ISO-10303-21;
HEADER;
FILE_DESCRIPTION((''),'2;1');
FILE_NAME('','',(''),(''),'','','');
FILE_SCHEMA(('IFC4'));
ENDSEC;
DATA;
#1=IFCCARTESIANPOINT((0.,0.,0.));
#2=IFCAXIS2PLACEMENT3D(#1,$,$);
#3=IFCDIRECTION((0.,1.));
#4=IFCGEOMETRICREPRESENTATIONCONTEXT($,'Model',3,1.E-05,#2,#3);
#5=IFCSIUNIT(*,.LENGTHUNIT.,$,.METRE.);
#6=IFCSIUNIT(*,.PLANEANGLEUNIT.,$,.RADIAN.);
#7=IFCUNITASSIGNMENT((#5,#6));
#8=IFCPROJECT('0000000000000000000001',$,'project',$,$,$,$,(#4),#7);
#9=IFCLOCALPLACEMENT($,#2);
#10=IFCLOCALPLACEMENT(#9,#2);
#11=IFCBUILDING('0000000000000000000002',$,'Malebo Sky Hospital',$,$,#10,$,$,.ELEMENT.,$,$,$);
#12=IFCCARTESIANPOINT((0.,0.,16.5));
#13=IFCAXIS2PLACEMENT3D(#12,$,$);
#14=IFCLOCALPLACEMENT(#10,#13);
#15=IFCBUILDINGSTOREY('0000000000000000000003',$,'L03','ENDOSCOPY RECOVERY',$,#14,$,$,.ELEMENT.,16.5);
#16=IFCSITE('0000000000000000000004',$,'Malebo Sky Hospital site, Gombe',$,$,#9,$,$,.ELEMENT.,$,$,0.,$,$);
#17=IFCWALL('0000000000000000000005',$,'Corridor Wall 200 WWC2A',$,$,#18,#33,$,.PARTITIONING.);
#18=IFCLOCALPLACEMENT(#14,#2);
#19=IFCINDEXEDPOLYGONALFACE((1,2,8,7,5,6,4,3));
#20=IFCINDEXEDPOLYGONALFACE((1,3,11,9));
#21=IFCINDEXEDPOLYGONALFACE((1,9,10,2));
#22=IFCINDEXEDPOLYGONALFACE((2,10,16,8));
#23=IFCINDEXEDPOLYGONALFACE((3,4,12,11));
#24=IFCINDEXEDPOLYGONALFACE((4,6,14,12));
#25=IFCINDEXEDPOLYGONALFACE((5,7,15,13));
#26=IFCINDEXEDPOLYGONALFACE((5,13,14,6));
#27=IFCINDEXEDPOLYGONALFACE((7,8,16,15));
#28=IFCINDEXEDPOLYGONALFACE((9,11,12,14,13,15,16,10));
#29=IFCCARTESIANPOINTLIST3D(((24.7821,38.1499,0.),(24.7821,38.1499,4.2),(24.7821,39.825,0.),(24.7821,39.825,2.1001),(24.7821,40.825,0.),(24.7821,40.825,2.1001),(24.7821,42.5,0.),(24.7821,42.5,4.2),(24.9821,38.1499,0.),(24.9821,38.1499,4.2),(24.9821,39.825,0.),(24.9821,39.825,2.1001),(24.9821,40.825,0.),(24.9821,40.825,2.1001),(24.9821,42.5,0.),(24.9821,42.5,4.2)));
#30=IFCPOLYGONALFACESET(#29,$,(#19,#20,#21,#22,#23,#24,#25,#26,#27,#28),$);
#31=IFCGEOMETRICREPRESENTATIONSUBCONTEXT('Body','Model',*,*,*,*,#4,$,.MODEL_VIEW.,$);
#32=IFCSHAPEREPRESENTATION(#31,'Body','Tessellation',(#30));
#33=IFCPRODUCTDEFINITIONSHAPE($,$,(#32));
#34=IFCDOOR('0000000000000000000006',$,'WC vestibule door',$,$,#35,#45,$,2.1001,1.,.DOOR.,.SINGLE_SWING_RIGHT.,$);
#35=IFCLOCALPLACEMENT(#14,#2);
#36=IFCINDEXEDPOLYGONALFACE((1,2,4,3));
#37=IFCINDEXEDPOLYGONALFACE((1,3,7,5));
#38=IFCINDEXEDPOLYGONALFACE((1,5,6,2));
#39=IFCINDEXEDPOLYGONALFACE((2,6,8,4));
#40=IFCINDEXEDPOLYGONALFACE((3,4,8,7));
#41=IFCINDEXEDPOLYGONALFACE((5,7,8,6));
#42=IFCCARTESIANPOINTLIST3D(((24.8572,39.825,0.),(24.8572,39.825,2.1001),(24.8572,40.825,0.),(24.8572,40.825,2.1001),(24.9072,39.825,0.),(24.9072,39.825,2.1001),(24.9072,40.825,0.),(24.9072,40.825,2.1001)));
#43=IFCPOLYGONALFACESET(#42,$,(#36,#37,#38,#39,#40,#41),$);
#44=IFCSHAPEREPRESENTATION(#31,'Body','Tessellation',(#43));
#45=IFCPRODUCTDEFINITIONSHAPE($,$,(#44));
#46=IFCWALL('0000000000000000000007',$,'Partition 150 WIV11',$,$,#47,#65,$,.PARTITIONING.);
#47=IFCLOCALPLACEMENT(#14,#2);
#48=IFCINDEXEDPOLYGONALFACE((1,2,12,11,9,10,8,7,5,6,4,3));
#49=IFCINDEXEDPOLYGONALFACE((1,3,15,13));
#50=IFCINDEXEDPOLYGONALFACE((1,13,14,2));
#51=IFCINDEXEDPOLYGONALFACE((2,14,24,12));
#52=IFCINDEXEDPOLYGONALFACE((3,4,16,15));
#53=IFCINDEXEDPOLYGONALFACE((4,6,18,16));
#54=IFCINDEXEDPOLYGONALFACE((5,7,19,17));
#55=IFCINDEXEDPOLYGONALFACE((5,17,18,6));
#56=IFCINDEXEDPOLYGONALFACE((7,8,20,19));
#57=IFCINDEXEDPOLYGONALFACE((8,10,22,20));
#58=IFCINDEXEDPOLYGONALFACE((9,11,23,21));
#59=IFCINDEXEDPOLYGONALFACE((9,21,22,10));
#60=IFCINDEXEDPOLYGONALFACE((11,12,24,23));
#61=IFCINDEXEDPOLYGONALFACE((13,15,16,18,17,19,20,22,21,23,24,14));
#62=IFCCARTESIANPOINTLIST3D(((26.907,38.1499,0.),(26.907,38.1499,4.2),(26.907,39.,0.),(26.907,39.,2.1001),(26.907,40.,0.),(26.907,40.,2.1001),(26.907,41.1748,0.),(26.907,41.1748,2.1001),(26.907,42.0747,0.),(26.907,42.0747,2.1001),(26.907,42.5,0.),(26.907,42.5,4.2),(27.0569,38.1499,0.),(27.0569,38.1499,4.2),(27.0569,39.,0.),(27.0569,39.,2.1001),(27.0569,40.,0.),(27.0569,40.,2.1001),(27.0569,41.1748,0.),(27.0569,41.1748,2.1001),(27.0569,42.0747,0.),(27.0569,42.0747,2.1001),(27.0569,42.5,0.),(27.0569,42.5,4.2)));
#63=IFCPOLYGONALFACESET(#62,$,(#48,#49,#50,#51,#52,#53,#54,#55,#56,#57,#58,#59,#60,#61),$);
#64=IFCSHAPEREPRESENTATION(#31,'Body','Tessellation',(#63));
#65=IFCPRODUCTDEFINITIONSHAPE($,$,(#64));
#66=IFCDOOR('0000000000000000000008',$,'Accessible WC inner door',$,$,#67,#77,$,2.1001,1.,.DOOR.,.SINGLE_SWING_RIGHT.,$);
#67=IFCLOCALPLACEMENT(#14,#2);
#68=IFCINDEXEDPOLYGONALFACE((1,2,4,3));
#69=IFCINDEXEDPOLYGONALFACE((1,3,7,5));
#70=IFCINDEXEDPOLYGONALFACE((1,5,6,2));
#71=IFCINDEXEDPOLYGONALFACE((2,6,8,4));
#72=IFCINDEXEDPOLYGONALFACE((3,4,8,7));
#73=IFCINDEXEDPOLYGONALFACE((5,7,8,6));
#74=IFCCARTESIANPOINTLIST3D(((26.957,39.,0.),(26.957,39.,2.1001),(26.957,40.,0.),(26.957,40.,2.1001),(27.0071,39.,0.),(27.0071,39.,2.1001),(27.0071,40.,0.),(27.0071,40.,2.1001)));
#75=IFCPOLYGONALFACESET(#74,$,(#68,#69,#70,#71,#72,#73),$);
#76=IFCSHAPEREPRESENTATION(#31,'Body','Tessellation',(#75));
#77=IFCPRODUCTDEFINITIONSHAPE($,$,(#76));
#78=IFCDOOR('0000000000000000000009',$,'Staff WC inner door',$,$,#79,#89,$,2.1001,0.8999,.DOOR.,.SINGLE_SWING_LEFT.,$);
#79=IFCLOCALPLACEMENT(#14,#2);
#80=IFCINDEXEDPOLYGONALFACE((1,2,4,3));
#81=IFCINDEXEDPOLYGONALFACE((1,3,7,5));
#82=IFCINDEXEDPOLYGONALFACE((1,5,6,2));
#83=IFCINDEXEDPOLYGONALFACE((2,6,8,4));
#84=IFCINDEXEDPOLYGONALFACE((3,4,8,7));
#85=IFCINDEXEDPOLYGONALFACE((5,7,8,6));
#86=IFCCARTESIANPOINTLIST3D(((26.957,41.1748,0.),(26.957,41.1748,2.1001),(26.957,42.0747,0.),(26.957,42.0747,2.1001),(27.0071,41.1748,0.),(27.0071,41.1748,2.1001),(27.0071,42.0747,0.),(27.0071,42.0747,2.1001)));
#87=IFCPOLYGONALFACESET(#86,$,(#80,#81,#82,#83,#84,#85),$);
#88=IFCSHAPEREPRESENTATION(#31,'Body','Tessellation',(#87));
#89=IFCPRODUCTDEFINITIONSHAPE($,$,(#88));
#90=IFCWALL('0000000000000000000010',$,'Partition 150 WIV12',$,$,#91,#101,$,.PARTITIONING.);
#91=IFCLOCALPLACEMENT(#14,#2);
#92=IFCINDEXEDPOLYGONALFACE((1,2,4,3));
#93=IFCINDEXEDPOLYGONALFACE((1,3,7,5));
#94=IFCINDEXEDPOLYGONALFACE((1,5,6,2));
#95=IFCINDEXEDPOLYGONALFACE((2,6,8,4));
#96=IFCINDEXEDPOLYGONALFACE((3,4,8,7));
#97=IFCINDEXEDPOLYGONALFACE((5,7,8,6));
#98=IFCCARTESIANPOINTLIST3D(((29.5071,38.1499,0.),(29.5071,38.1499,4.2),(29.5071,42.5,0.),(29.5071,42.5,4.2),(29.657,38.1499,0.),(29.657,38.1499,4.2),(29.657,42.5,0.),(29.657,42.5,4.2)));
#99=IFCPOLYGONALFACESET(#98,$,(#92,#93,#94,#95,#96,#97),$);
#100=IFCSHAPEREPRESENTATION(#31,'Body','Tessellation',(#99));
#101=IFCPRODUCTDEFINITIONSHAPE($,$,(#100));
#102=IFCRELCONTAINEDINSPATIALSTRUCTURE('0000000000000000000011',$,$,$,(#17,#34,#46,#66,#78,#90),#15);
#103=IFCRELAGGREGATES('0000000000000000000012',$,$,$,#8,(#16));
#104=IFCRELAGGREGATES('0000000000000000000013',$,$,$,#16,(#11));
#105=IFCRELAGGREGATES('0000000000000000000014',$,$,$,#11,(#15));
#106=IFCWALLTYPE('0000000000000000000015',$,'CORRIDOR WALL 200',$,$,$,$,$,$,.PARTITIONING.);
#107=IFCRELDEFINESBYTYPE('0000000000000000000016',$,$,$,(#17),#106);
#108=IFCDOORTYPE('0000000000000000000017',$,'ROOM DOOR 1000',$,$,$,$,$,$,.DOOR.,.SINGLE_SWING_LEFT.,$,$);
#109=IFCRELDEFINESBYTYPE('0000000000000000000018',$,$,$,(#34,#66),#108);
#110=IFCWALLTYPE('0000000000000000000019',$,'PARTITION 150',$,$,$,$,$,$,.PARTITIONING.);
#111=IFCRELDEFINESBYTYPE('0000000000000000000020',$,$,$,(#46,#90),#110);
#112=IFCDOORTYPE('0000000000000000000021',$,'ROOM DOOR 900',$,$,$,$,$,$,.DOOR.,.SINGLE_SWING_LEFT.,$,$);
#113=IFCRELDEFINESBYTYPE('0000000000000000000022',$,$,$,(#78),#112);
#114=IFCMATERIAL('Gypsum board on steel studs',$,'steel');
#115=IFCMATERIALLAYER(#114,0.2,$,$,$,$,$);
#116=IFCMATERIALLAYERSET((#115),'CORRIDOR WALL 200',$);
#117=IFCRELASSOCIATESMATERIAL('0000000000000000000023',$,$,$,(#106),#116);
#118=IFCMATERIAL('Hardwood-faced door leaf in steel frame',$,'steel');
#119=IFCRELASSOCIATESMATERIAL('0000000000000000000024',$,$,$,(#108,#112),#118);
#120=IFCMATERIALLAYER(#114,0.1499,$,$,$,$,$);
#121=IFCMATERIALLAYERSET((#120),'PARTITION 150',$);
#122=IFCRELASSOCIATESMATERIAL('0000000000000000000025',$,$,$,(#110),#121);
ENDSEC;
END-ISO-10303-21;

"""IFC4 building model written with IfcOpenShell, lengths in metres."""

from ifc_helpers import new_model, si_unit, direction, frame, frame_2d, origin, place, context, subcontext, project, spatial, rectangle, extrude, material, layer, layer_set, type_object, element, fill, save


model = new_model("IFC4")

# Units and contexts
model_context = context("Model", 3, precision=1e-05, world=origin(), true_north=direction((0.0, 1.0)))
body_context = subcontext(model_context, "Body", "Model", "MODEL_VIEW")
ifc_project = project(units=[si_unit("LENGTHUNIT", "METRE"), si_unit("PLANEANGLEUNIT", "RADIAN")], contexts=[model_context])

# Site, building, storey
site_placement = place(None, origin())
site = spatial("IfcSite", under=ifc_project, at=site_placement, Name="Malebo Sky Hospital site, Gombe", CompositionType="ELEMENT", RefElevation=0.0)
building_placement = place(site_placement, origin())
building = spatial("IfcBuilding", under=site, at=building_placement, Name="Malebo Sky Hospital", CompositionType="ELEMENT")
storey_placement = place(building_placement, frame((0.0, 0.0, 16.5)))
storey = spatial("IfcBuildingStorey", under=building, at=storey_placement, Name="L03", Description="ENDOSCOPY RECOVERY", CompositionType="ELEMENT", Elevation=16.5)

# Wall, opening, door
ifc_material_1 = material(Name="Gypsum board on steel studs", Category="steel")
ifc_layer_1 = layer(ifc_material_1, 0.2)
ifc_layer_set_1 = layer_set([ifc_layer_1], Name="CORRIDOR WALL 200")
wall_type_1 = type_object("IfcWallType", Name="CORRIDOR WALL 200", PredefinedType="PARTITIONING", material=ifc_layer_set_1)
wall_1_placement = place(storey_placement, frame((24.8821, 38.1499, 0.0), z_axis=(0.0, 0.0, 1.0), x_axis=(0.0, 1.0, 0.0)))
wall_1 = element("IfcWall", 1, at=wall_1_placement, inside=storey, type_object=wall_type_1, Name="Corridor Wall 200 WWC2A", PredefinedType="PARTITIONING", context=body_context, shape_type="SweptSolid", body=[
    extrude(rectangle(XDim=4.3501, YDim=0.2, at=frame_2d((2.175, 0.0))), origin(), (0.0, 0.0, 1.0), 4.2),
])
opening_1_placement = place(wall_1_placement, frame((1.675, 0.0, 0.0)))
opening_1 = element("IfcOpeningElement", 2, at=opening_1_placement, cuts=wall_1, PredefinedType="OPENING", context=body_context, shape_type="SweptSolid", body=[
    extrude(rectangle(XDim=1.0, YDim=2.1001, at=frame_2d((0.5, 1.05))), frame((0.0, 0.1099, 0.0), z_axis=(0.0, -1.0, 0.0), x_axis=(1.0, 0.0, 0.0)), (0.0, 0.0, 1.0), 0.22),
])
ifc_material_2 = material(Name="Hardwood-faced door leaf in steel frame", Category="steel")
door_type_1 = type_object("IfcDoorType", Name="ROOM DOOR 1000", OperationType="SINGLE_SWING_LEFT", PredefinedType="DOOR", material=ifc_material_2)
door_1_placement = place(opening_1_placement, origin())
door_1 = element("IfcDoor", 3, at=door_1_placement, inside=storey, type_object=door_type_1, Name="WC vestibule door", OperationType="SINGLE_SWING_RIGHT", OverallHeight=2.1001, OverallWidth=1.0, PredefinedType="DOOR", context=body_context, shape_type="SweptSolid", body=[
    extrude(rectangle(XDim=1.0, YDim=2.1001, at=frame_2d((0.5, 1.05))), frame((0.0, 0.0249, 0.0), z_axis=(0.0, -1.0, 0.0), x_axis=(1.0, 0.0, 0.0)), (0.0, 0.0, 1.0), 0.05),
])
fill(opening_1, door_1)

# Wall, openings, doors
ifc_layer_2 = layer(ifc_material_1, 0.1499)
ifc_layer_set_2 = layer_set([ifc_layer_2], Name="PARTITION 150")
wall_type_2 = type_object("IfcWallType", Name="PARTITION 150", PredefinedType="PARTITIONING", material=ifc_layer_set_2)
wall_2_placement = place(storey_placement, frame((26.9819, 38.1499, 0.0), z_axis=(0.0, 0.0, 1.0), x_axis=(0.0, 1.0, 0.0)))
wall_2 = element("IfcWall", 4, at=wall_2_placement, inside=storey, type_object=wall_type_2, Name="Partition 150 WIV11", PredefinedType="PARTITIONING", context=body_context, shape_type="SweptSolid", body=[
    extrude(rectangle(XDim=4.3501, YDim=0.1499, at=frame_2d((2.175, 0.0))), origin(), (0.0, 0.0, 1.0), 4.2),
])
opening_2_placement = place(wall_2_placement, frame((0.8501, 0.0, 0.0)))
opening_2 = element("IfcOpeningElement", 5, at=opening_2_placement, cuts=wall_2, PredefinedType="OPENING", context=body_context, shape_type="SweptSolid", body=[
    extrude(rectangle(XDim=1.0, YDim=2.1001, at=frame_2d((0.5, 1.05))), frame((0.0, 0.085, 0.0), z_axis=(0.0, -1.0, 0.0), x_axis=(1.0, 0.0, 0.0)), (0.0, 0.0, 1.0), 0.1699),
])
opening_3_placement = place(wall_2_placement, frame((3.0249, 0.0, 0.0)))
opening_3 = element("IfcOpeningElement", 6, at=opening_3_placement, cuts=wall_2, PredefinedType="OPENING", context=body_context, shape_type="SweptSolid", body=[
    extrude(rectangle(XDim=0.8999, YDim=2.1001, at=frame_2d((0.45, 1.05))), frame((0.0, 0.085, 0.0), z_axis=(0.0, -1.0, 0.0), x_axis=(1.0, 0.0, 0.0)), (0.0, 0.0, 1.0), 0.1699),
])
door_2_placement = place(opening_2_placement, origin())
door_2 = element("IfcDoor", 7, at=door_2_placement, inside=storey, type_object=door_type_1, Name="Accessible WC inner door", OperationType="SINGLE_SWING_RIGHT", OverallHeight=2.1001, OverallWidth=1.0, PredefinedType="DOOR", context=body_context, shape_type="SweptSolid", body=[
    extrude(rectangle(XDim=1.0, YDim=2.1001, at=frame_2d((0.5, 1.05))), frame((0.0, 0.0249, 0.0), z_axis=(0.0, -1.0, 0.0), x_axis=(1.0, 0.0, 0.0)), (0.0, 0.0, 1.0), 0.05),
])
fill(opening_2, door_2)
door_type_2 = type_object("IfcDoorType", Name="ROOM DOOR 900", OperationType="SINGLE_SWING_LEFT", PredefinedType="DOOR", material=ifc_material_2)
door_3_placement = place(opening_3_placement, origin())
door_3 = element("IfcDoor", 8, at=door_3_placement, inside=storey, type_object=door_type_2, Name="Staff WC inner door", OperationType="SINGLE_SWING_LEFT", OverallHeight=2.1001, OverallWidth=0.8999, PredefinedType="DOOR", context=body_context, shape_type="SweptSolid", body=[
    extrude(rectangle(XDim=0.8999, YDim=2.1001, at=frame_2d((0.45, 1.05))), frame((0.0, 0.0249, 0.0), z_axis=(0.0, -1.0, 0.0), x_axis=(1.0, 0.0, 0.0)), (0.0, 0.0, 1.0), 0.05),
])
fill(opening_3, door_3)

# Wall
wall_3_placement = place(storey_placement, frame((29.582, 38.1499, 0.0), z_axis=(0.0, 0.0, 1.0), x_axis=(0.0, 1.0, 0.0)))
element("IfcWall", 9, at=wall_3_placement, inside=storey, type_object=wall_type_2, Name="Partition 150 WIV12", PredefinedType="PARTITIONING", context=body_context, shape_type="SweptSolid", body=[
    extrude(rectangle(XDim=4.3501, YDim=0.1499, at=frame_2d((2.175, 0.0))), origin(), (0.0, 0.0, 1.0), 4.2),
])

save(model, "model.ifc")
